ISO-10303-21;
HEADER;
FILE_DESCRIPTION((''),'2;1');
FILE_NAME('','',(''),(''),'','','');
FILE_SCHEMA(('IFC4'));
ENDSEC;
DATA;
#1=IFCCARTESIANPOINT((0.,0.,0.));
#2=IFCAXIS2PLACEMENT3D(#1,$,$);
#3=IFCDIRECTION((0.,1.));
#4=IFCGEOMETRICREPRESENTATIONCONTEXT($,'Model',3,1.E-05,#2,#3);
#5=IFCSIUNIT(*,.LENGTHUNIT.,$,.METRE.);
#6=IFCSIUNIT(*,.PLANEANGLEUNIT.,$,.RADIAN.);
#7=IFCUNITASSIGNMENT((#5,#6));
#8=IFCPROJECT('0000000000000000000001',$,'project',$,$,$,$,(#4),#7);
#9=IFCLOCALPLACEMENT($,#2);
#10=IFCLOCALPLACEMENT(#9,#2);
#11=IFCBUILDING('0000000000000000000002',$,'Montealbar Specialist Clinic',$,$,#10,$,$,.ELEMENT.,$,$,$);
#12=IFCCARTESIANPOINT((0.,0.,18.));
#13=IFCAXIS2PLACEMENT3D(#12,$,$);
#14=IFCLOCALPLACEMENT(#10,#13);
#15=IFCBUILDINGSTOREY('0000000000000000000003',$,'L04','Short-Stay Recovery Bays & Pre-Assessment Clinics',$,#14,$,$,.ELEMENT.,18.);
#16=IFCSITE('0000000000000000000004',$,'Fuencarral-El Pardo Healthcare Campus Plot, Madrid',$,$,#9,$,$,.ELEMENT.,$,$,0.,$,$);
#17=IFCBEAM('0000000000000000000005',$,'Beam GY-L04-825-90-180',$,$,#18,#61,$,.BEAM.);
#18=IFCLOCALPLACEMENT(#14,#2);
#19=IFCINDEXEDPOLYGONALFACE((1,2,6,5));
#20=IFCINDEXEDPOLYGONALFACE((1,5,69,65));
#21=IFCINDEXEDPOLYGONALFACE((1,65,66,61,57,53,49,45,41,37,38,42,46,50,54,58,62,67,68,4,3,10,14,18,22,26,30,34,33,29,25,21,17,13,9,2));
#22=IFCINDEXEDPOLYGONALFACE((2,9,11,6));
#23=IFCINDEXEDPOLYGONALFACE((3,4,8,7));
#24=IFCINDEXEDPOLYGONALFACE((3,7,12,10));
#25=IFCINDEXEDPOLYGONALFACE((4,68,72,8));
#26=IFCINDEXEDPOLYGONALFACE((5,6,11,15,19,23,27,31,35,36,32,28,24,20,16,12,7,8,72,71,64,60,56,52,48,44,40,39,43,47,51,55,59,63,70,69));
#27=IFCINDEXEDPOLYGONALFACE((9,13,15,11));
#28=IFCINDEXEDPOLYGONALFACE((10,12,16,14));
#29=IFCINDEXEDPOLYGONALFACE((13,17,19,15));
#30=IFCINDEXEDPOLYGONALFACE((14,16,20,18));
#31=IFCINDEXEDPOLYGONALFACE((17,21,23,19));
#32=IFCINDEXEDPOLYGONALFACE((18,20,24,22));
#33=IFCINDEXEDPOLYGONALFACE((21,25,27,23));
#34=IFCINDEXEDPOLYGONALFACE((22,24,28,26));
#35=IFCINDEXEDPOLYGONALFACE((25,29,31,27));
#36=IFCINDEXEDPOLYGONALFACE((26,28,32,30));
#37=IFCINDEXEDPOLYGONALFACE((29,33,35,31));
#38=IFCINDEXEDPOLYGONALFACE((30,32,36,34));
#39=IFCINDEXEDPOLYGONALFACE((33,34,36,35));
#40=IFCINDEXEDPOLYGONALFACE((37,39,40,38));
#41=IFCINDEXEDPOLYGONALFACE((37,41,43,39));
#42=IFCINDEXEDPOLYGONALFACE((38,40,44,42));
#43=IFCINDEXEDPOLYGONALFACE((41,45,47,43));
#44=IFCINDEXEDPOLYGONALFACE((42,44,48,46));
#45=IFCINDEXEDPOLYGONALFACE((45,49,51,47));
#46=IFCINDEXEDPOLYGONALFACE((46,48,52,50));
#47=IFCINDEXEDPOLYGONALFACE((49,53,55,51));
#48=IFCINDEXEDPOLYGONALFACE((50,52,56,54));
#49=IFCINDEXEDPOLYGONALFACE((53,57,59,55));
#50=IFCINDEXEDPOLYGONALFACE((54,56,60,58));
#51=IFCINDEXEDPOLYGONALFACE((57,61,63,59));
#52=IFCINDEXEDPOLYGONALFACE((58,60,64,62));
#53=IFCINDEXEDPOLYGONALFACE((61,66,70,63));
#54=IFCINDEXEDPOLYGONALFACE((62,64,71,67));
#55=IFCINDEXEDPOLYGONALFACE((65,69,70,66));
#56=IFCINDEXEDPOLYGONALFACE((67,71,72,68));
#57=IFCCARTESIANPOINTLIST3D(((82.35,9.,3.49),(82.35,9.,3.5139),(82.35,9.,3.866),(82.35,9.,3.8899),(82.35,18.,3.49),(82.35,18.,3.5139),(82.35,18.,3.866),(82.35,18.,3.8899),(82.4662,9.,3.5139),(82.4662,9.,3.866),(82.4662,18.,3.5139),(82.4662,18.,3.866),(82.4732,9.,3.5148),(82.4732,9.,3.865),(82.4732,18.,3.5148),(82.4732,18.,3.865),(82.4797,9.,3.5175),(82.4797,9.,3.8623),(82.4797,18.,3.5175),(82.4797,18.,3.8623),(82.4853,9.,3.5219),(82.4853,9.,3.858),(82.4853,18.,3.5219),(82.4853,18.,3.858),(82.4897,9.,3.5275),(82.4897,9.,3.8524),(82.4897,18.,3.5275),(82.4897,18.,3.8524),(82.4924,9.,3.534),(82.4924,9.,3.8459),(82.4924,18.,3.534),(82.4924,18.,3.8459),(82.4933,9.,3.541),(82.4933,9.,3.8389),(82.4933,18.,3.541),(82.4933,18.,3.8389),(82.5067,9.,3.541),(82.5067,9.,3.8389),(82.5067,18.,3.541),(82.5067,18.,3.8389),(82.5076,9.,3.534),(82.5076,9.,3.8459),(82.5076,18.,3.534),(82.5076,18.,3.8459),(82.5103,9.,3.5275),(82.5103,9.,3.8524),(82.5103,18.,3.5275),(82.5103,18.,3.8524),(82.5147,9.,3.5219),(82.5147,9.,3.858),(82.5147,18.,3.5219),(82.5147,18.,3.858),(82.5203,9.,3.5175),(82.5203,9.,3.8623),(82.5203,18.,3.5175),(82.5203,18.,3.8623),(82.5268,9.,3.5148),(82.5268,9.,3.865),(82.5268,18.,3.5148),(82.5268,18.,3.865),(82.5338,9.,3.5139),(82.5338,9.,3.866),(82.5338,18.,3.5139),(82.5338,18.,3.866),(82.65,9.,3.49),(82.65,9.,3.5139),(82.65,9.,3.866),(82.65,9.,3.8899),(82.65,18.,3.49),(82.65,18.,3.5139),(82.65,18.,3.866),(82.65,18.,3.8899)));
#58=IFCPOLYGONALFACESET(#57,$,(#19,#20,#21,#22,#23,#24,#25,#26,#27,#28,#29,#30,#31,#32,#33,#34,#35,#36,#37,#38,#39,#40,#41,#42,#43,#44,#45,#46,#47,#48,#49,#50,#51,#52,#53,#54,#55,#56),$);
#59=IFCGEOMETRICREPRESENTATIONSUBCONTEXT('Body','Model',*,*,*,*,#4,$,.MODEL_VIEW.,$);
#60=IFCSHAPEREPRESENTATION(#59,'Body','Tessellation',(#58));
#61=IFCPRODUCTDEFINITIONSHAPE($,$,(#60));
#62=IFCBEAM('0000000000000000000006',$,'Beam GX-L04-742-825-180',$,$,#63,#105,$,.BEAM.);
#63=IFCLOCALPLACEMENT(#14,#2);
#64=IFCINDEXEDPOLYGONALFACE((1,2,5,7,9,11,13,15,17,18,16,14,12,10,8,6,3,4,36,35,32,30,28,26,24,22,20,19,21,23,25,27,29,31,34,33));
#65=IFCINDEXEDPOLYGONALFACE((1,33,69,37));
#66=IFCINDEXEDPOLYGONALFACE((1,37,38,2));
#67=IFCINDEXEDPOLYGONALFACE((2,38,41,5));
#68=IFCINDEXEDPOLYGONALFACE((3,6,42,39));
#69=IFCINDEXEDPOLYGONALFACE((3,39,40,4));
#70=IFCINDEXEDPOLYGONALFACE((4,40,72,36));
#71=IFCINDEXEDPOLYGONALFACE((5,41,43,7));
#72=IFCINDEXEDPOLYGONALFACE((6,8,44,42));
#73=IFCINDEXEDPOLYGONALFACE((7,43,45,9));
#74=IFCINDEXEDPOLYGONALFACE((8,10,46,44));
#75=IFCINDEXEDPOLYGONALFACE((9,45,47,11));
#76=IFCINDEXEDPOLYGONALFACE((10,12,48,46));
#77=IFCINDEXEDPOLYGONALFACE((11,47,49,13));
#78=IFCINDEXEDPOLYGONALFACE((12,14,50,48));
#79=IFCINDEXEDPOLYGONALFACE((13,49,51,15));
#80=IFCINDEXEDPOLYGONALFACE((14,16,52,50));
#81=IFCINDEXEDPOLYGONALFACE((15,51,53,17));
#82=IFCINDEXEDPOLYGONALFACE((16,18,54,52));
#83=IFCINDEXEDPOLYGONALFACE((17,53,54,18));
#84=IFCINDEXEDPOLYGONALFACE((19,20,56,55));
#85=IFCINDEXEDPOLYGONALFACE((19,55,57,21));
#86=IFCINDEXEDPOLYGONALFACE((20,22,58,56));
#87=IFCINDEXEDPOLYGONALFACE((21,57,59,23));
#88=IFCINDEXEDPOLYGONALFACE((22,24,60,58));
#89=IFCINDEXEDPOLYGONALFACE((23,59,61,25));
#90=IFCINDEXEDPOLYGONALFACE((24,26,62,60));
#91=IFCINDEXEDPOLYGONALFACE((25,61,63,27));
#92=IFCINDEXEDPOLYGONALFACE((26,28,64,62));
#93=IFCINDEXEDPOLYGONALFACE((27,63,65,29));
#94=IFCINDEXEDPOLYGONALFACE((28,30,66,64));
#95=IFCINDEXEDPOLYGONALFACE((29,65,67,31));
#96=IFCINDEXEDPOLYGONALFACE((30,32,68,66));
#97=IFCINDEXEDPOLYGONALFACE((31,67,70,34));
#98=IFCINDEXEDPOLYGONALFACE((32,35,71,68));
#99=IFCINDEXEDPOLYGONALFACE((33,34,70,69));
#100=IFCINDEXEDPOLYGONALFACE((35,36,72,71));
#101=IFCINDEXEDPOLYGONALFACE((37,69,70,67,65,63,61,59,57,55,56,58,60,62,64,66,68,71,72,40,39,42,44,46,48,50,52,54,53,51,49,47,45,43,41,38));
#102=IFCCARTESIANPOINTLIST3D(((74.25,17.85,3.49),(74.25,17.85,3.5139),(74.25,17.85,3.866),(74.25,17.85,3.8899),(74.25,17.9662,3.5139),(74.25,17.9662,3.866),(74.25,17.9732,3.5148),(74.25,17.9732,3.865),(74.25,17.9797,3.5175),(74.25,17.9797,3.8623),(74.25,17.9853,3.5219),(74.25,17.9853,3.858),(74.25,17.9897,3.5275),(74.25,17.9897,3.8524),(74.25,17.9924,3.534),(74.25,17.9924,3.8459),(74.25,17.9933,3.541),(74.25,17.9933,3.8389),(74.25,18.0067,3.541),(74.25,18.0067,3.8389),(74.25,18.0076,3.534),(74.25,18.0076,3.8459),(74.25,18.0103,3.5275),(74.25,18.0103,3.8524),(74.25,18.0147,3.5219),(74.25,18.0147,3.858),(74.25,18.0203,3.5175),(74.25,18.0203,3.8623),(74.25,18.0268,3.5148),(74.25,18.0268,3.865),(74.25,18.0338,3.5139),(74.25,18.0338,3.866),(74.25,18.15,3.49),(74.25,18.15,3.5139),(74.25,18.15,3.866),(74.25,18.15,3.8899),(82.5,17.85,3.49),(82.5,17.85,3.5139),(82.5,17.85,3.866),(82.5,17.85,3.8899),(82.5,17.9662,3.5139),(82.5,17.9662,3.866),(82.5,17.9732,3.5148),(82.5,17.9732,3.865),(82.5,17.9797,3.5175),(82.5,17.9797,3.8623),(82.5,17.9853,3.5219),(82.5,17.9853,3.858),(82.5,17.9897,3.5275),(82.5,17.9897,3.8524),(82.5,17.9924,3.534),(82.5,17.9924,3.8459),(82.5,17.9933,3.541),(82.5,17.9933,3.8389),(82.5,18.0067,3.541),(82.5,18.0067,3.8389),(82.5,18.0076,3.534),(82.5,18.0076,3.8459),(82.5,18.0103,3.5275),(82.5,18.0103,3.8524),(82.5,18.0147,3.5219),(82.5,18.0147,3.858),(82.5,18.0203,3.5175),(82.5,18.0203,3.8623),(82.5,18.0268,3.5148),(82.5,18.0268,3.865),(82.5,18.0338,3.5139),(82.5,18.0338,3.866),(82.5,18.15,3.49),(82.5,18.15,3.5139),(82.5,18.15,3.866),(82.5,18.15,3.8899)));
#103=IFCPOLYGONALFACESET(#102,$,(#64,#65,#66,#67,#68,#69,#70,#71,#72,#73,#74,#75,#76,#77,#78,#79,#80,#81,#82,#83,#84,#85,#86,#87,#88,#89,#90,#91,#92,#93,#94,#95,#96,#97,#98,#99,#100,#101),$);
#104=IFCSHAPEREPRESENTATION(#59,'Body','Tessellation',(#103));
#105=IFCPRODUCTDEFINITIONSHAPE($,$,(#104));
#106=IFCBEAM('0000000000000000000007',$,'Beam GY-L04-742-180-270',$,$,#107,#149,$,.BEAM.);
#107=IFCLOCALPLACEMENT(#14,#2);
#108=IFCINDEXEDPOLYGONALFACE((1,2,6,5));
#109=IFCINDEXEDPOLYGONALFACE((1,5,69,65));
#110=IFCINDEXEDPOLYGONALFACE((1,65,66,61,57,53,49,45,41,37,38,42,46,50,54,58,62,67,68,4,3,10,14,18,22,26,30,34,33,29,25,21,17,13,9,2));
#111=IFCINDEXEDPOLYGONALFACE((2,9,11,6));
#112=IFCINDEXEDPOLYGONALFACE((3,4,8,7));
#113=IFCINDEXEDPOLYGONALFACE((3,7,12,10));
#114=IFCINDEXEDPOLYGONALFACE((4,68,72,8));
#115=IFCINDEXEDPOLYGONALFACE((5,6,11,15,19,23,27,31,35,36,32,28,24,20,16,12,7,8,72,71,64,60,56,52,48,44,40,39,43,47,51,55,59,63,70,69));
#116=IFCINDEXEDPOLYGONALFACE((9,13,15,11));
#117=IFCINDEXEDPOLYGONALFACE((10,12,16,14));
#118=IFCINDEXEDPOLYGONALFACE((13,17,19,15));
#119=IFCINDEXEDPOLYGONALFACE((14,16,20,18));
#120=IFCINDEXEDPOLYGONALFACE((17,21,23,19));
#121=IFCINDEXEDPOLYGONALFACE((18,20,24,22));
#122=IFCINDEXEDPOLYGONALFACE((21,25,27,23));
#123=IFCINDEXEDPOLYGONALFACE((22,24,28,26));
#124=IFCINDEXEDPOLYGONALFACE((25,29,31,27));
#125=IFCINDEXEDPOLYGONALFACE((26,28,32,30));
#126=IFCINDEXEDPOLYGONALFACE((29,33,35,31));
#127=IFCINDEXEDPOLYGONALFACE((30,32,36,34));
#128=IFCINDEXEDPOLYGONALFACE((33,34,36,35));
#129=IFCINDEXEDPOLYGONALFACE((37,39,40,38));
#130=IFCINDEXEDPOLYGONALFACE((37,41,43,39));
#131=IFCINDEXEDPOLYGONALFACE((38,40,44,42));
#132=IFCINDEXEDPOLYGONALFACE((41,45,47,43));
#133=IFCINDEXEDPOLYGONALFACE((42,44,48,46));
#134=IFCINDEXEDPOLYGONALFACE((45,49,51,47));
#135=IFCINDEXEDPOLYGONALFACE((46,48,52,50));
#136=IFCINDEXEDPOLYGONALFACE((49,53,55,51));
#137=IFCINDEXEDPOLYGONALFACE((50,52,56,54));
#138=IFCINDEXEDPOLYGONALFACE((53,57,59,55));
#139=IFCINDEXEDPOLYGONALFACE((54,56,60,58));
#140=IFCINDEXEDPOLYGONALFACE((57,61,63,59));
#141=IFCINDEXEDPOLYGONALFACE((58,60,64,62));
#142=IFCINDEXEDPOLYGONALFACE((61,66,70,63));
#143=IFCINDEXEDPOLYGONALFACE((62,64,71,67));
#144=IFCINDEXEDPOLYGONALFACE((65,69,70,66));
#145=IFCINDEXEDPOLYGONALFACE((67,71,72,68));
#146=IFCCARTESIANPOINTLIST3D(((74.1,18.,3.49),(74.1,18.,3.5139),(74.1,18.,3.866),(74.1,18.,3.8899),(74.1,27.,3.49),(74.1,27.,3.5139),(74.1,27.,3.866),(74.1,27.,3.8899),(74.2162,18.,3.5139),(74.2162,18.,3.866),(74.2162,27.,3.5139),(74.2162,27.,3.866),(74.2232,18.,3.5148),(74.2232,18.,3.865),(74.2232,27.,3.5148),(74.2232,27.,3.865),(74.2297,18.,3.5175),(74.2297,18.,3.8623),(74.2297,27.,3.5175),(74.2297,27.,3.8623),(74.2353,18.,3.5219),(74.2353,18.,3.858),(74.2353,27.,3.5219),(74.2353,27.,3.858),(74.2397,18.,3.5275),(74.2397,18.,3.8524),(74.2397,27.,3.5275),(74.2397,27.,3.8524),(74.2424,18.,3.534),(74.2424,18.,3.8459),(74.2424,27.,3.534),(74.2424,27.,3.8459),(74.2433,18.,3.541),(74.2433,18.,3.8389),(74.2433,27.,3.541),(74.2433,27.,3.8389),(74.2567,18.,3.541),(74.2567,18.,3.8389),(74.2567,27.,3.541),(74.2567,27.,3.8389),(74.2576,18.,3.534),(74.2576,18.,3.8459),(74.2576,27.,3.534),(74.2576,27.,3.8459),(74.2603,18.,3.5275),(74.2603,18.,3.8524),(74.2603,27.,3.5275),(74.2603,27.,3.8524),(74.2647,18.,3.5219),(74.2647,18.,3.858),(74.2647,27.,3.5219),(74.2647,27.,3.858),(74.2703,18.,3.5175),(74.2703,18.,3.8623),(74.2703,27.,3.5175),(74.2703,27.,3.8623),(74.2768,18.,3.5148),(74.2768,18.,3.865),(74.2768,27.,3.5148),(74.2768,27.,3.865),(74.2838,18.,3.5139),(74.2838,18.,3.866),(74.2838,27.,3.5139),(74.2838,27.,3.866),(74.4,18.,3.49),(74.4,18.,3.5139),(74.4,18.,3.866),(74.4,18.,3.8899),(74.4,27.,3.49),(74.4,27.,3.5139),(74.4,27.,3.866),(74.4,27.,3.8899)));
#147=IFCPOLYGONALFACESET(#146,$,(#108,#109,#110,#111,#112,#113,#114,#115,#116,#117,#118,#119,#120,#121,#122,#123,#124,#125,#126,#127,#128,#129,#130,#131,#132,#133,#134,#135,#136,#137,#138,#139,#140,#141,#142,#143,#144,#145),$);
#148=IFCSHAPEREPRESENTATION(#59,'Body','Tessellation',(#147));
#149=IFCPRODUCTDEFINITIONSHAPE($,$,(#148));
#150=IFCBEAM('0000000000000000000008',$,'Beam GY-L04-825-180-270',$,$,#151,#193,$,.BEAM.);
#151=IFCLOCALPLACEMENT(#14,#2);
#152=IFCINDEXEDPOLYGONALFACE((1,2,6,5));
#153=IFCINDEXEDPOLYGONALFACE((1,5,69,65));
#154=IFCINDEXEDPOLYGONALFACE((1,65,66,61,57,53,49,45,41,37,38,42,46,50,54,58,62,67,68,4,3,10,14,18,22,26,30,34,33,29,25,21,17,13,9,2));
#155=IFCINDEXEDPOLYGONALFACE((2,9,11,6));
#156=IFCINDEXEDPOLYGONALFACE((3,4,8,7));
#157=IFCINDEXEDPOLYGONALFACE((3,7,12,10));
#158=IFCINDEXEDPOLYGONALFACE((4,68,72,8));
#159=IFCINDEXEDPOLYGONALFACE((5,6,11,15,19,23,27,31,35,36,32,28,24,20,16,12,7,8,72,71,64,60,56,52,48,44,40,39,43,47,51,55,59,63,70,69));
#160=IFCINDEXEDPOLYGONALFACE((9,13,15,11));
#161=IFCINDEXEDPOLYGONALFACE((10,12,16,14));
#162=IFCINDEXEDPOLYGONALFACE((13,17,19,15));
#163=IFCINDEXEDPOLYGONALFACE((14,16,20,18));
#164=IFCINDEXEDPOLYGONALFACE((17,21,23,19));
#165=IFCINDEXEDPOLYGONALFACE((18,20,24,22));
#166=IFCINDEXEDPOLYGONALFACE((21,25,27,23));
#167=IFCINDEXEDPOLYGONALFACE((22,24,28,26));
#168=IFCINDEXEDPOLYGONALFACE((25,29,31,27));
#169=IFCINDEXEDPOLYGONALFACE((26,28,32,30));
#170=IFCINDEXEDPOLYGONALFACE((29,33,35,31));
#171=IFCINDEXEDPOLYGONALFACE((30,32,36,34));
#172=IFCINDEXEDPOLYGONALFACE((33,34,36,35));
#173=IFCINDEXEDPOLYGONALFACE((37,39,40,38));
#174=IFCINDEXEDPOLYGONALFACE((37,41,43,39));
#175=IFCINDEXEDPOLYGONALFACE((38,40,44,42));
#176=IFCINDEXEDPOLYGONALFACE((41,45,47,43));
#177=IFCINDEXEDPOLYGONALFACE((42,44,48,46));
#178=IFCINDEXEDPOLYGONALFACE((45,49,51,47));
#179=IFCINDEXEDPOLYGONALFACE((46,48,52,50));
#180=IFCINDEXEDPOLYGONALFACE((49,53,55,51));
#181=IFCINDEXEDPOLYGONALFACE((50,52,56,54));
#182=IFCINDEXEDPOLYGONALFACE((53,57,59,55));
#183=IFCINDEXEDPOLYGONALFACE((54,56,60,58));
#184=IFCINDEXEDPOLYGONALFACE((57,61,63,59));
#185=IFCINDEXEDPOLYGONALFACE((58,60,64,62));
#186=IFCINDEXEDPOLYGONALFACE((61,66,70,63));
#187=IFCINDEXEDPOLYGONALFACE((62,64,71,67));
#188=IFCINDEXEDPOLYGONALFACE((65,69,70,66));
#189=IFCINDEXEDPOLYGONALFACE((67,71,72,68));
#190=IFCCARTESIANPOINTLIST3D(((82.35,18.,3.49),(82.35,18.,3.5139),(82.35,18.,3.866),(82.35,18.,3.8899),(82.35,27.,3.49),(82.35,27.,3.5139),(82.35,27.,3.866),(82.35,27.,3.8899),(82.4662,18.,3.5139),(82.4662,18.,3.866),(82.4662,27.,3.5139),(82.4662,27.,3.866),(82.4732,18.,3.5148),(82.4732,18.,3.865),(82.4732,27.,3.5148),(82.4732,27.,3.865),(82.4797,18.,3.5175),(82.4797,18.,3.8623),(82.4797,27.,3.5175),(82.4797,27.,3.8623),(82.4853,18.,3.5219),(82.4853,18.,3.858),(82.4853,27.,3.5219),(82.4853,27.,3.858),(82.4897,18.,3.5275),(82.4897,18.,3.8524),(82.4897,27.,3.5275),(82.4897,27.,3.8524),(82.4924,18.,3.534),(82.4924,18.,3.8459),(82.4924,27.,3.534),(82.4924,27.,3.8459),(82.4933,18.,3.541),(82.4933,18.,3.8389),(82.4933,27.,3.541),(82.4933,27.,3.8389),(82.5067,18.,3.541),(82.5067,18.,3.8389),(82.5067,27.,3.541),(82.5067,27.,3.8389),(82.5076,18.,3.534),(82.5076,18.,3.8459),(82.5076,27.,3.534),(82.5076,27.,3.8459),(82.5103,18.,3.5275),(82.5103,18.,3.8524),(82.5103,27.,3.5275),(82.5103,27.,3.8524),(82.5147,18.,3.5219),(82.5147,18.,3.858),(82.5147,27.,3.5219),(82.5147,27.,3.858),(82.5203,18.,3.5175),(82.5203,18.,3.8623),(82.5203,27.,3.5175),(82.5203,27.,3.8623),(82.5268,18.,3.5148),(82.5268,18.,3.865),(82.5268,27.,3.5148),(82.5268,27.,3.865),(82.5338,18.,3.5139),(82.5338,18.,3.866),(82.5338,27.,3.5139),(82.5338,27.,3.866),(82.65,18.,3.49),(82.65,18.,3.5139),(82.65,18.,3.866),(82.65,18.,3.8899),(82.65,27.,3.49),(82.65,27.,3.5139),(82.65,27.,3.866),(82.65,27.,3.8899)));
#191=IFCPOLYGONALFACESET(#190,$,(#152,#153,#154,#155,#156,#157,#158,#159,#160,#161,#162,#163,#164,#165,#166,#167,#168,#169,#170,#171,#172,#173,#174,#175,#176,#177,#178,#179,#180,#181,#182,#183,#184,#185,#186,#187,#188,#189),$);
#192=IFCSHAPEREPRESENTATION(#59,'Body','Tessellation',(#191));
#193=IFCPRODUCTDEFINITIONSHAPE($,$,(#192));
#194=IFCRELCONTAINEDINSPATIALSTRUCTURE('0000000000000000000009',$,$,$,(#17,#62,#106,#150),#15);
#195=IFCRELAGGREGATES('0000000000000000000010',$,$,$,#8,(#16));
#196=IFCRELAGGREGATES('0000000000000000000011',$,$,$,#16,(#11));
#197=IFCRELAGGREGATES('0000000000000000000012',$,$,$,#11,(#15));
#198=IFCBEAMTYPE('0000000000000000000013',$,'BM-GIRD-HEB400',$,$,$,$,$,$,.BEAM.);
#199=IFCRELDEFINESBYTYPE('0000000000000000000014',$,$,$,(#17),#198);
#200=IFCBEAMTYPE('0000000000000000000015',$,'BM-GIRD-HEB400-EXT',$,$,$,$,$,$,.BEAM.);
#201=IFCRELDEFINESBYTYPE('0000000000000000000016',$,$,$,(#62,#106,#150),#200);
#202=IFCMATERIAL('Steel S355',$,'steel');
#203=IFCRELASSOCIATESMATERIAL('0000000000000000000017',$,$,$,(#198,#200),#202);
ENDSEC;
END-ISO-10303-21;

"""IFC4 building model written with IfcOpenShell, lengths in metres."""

from ifc_helpers import new_model, si_unit, direction, frame, origin, origin_2d, place, context, subcontext, project, spatial, i_section, extrude, material, material_profile, profile_set, type_object, element, save


model = new_model("IFC4")

# Units and contexts
model_context = context("Model", 3, precision=1e-05, world=origin(), true_north=direction((0.0, 1.0)))
body_context = subcontext(model_context, "Body", "Model", "MODEL_VIEW")
ifc_project = project(units=[si_unit("LENGTHUNIT", "METRE"), si_unit("PLANEANGLEUNIT", "RADIAN")], contexts=[model_context])

# Site, building, storey
site_placement = place(None, origin())
site = spatial("IfcSite", under=ifc_project, at=site_placement, Name="Fuencarral-El Pardo Healthcare Campus Plot, Madrid", CompositionType="ELEMENT", RefElevation=0.0)
building_placement = place(site_placement, origin())
building = spatial("IfcBuilding", under=site, at=building_placement, Name="Montealbar Specialist Clinic", CompositionType="ELEMENT")
storey_placement = place(building_placement, frame((0.0, 0.0, 18.0)))
storey = spatial("IfcBuildingStorey", under=building, at=storey_placement, Name="L04", Description="Short-Stay Recovery Bays & Pre-Assessment Clinics", CompositionType="ELEMENT", Elevation=18.0)

# Shared definitions
ifc_material_1 = material(Name="Steel S355", Category="steel")

# Beams
ifc_material_profile_1 = material_profile(ifc_material_1, i_section(OverallWidth=0.3, OverallDepth=0.3999, WebThickness=0.0134, FlangeThickness=0.0239, FilletRadius=0.0271, at=origin_2d()), Name="HEB 400", Category="steel")
ifc_profile_set_1 = profile_set([ifc_material_profile_1], Name="Steel S355")
beam_type_1 = type_object("IfcBeamType", Name="BM-GIRD-HEB400", PredefinedType="BEAM", material=ifc_profile_set_1)
for number, where, z_axis, x_axis, name in (
    (1, (82.5, 9.0, 3.6899), (0.0, 1.0, 0.0), (-1.0, 0.0, 0.0), "Beam GY-L04-825-90-180"),
):
    element("IfcBeam", number, at=place(storey_placement, frame(where, z_axis=z_axis, x_axis=x_axis)), inside=storey, type_object=beam_type_1, Name=name, PredefinedType="BEAM", context=body_context, shape_type="SweptSolid", body=[
        extrude(i_section(OverallWidth=0.3, OverallDepth=0.3999, WebThickness=0.0134, FlangeThickness=0.0239, FilletRadius=0.0271, at=origin_2d()), origin(), (0.0, 0.0, 1.0), 9.0),
    ])
ifc_material_profile_2 = material_profile(ifc_material_1, i_section(OverallWidth=0.3, OverallDepth=0.3999, WebThickness=0.0134, FlangeThickness=0.0239, FilletRadius=0.0271, at=origin_2d()), Name="HEB 400", Category="steel")
ifc_profile_set_2 = profile_set([ifc_material_profile_2], Name="Steel S355")
beam_type_2 = type_object("IfcBeamType", Name="BM-GIRD-HEB400-EXT", PredefinedType="BEAM", material=ifc_profile_set_2)
beam_1_placement = place(storey_placement, frame((74.25, 18.0, 3.6899), z_axis=(1.0, 0.0, 0.0), x_axis=(0.0, 1.0, 0.0)))
element("IfcBeam", 2, at=beam_1_placement, inside=storey, type_object=beam_type_2, Name="Beam GX-L04-742-825-180", PredefinedType="BEAM", context=body_context, shape_type="SweptSolid", body=[
    extrude(i_section(OverallWidth=0.3, OverallDepth=0.3999, WebThickness=0.0134, FlangeThickness=0.0239, FilletRadius=0.0271, at=origin_2d()), origin(), (0.0, 0.0, 1.0), 8.25),
])
for number, where, z_axis, x_axis, name in (
    (3, (74.25, 18.0, 3.6899), (0.0, 1.0, 0.0), (-1.0, 0.0, 0.0), "Beam GY-L04-742-180-270"),
    (4, (82.5, 18.0, 3.6899), (0.0, 1.0, 0.0), (-1.0, 0.0, 0.0), "Beam GY-L04-825-180-270"),
):
    element("IfcBeam", number, at=place(storey_placement, frame(where, z_axis=z_axis, x_axis=x_axis)), inside=storey, type_object=beam_type_2, Name=name, PredefinedType="BEAM", context=body_context, shape_type="SweptSolid", body=[
        extrude(i_section(OverallWidth=0.3, OverallDepth=0.3999, WebThickness=0.0134, FlangeThickness=0.0239, FilletRadius=0.0271, at=origin_2d()), origin(), (0.0, 0.0, 1.0), 9.0),
    ])

save(model, "model.ifc")
